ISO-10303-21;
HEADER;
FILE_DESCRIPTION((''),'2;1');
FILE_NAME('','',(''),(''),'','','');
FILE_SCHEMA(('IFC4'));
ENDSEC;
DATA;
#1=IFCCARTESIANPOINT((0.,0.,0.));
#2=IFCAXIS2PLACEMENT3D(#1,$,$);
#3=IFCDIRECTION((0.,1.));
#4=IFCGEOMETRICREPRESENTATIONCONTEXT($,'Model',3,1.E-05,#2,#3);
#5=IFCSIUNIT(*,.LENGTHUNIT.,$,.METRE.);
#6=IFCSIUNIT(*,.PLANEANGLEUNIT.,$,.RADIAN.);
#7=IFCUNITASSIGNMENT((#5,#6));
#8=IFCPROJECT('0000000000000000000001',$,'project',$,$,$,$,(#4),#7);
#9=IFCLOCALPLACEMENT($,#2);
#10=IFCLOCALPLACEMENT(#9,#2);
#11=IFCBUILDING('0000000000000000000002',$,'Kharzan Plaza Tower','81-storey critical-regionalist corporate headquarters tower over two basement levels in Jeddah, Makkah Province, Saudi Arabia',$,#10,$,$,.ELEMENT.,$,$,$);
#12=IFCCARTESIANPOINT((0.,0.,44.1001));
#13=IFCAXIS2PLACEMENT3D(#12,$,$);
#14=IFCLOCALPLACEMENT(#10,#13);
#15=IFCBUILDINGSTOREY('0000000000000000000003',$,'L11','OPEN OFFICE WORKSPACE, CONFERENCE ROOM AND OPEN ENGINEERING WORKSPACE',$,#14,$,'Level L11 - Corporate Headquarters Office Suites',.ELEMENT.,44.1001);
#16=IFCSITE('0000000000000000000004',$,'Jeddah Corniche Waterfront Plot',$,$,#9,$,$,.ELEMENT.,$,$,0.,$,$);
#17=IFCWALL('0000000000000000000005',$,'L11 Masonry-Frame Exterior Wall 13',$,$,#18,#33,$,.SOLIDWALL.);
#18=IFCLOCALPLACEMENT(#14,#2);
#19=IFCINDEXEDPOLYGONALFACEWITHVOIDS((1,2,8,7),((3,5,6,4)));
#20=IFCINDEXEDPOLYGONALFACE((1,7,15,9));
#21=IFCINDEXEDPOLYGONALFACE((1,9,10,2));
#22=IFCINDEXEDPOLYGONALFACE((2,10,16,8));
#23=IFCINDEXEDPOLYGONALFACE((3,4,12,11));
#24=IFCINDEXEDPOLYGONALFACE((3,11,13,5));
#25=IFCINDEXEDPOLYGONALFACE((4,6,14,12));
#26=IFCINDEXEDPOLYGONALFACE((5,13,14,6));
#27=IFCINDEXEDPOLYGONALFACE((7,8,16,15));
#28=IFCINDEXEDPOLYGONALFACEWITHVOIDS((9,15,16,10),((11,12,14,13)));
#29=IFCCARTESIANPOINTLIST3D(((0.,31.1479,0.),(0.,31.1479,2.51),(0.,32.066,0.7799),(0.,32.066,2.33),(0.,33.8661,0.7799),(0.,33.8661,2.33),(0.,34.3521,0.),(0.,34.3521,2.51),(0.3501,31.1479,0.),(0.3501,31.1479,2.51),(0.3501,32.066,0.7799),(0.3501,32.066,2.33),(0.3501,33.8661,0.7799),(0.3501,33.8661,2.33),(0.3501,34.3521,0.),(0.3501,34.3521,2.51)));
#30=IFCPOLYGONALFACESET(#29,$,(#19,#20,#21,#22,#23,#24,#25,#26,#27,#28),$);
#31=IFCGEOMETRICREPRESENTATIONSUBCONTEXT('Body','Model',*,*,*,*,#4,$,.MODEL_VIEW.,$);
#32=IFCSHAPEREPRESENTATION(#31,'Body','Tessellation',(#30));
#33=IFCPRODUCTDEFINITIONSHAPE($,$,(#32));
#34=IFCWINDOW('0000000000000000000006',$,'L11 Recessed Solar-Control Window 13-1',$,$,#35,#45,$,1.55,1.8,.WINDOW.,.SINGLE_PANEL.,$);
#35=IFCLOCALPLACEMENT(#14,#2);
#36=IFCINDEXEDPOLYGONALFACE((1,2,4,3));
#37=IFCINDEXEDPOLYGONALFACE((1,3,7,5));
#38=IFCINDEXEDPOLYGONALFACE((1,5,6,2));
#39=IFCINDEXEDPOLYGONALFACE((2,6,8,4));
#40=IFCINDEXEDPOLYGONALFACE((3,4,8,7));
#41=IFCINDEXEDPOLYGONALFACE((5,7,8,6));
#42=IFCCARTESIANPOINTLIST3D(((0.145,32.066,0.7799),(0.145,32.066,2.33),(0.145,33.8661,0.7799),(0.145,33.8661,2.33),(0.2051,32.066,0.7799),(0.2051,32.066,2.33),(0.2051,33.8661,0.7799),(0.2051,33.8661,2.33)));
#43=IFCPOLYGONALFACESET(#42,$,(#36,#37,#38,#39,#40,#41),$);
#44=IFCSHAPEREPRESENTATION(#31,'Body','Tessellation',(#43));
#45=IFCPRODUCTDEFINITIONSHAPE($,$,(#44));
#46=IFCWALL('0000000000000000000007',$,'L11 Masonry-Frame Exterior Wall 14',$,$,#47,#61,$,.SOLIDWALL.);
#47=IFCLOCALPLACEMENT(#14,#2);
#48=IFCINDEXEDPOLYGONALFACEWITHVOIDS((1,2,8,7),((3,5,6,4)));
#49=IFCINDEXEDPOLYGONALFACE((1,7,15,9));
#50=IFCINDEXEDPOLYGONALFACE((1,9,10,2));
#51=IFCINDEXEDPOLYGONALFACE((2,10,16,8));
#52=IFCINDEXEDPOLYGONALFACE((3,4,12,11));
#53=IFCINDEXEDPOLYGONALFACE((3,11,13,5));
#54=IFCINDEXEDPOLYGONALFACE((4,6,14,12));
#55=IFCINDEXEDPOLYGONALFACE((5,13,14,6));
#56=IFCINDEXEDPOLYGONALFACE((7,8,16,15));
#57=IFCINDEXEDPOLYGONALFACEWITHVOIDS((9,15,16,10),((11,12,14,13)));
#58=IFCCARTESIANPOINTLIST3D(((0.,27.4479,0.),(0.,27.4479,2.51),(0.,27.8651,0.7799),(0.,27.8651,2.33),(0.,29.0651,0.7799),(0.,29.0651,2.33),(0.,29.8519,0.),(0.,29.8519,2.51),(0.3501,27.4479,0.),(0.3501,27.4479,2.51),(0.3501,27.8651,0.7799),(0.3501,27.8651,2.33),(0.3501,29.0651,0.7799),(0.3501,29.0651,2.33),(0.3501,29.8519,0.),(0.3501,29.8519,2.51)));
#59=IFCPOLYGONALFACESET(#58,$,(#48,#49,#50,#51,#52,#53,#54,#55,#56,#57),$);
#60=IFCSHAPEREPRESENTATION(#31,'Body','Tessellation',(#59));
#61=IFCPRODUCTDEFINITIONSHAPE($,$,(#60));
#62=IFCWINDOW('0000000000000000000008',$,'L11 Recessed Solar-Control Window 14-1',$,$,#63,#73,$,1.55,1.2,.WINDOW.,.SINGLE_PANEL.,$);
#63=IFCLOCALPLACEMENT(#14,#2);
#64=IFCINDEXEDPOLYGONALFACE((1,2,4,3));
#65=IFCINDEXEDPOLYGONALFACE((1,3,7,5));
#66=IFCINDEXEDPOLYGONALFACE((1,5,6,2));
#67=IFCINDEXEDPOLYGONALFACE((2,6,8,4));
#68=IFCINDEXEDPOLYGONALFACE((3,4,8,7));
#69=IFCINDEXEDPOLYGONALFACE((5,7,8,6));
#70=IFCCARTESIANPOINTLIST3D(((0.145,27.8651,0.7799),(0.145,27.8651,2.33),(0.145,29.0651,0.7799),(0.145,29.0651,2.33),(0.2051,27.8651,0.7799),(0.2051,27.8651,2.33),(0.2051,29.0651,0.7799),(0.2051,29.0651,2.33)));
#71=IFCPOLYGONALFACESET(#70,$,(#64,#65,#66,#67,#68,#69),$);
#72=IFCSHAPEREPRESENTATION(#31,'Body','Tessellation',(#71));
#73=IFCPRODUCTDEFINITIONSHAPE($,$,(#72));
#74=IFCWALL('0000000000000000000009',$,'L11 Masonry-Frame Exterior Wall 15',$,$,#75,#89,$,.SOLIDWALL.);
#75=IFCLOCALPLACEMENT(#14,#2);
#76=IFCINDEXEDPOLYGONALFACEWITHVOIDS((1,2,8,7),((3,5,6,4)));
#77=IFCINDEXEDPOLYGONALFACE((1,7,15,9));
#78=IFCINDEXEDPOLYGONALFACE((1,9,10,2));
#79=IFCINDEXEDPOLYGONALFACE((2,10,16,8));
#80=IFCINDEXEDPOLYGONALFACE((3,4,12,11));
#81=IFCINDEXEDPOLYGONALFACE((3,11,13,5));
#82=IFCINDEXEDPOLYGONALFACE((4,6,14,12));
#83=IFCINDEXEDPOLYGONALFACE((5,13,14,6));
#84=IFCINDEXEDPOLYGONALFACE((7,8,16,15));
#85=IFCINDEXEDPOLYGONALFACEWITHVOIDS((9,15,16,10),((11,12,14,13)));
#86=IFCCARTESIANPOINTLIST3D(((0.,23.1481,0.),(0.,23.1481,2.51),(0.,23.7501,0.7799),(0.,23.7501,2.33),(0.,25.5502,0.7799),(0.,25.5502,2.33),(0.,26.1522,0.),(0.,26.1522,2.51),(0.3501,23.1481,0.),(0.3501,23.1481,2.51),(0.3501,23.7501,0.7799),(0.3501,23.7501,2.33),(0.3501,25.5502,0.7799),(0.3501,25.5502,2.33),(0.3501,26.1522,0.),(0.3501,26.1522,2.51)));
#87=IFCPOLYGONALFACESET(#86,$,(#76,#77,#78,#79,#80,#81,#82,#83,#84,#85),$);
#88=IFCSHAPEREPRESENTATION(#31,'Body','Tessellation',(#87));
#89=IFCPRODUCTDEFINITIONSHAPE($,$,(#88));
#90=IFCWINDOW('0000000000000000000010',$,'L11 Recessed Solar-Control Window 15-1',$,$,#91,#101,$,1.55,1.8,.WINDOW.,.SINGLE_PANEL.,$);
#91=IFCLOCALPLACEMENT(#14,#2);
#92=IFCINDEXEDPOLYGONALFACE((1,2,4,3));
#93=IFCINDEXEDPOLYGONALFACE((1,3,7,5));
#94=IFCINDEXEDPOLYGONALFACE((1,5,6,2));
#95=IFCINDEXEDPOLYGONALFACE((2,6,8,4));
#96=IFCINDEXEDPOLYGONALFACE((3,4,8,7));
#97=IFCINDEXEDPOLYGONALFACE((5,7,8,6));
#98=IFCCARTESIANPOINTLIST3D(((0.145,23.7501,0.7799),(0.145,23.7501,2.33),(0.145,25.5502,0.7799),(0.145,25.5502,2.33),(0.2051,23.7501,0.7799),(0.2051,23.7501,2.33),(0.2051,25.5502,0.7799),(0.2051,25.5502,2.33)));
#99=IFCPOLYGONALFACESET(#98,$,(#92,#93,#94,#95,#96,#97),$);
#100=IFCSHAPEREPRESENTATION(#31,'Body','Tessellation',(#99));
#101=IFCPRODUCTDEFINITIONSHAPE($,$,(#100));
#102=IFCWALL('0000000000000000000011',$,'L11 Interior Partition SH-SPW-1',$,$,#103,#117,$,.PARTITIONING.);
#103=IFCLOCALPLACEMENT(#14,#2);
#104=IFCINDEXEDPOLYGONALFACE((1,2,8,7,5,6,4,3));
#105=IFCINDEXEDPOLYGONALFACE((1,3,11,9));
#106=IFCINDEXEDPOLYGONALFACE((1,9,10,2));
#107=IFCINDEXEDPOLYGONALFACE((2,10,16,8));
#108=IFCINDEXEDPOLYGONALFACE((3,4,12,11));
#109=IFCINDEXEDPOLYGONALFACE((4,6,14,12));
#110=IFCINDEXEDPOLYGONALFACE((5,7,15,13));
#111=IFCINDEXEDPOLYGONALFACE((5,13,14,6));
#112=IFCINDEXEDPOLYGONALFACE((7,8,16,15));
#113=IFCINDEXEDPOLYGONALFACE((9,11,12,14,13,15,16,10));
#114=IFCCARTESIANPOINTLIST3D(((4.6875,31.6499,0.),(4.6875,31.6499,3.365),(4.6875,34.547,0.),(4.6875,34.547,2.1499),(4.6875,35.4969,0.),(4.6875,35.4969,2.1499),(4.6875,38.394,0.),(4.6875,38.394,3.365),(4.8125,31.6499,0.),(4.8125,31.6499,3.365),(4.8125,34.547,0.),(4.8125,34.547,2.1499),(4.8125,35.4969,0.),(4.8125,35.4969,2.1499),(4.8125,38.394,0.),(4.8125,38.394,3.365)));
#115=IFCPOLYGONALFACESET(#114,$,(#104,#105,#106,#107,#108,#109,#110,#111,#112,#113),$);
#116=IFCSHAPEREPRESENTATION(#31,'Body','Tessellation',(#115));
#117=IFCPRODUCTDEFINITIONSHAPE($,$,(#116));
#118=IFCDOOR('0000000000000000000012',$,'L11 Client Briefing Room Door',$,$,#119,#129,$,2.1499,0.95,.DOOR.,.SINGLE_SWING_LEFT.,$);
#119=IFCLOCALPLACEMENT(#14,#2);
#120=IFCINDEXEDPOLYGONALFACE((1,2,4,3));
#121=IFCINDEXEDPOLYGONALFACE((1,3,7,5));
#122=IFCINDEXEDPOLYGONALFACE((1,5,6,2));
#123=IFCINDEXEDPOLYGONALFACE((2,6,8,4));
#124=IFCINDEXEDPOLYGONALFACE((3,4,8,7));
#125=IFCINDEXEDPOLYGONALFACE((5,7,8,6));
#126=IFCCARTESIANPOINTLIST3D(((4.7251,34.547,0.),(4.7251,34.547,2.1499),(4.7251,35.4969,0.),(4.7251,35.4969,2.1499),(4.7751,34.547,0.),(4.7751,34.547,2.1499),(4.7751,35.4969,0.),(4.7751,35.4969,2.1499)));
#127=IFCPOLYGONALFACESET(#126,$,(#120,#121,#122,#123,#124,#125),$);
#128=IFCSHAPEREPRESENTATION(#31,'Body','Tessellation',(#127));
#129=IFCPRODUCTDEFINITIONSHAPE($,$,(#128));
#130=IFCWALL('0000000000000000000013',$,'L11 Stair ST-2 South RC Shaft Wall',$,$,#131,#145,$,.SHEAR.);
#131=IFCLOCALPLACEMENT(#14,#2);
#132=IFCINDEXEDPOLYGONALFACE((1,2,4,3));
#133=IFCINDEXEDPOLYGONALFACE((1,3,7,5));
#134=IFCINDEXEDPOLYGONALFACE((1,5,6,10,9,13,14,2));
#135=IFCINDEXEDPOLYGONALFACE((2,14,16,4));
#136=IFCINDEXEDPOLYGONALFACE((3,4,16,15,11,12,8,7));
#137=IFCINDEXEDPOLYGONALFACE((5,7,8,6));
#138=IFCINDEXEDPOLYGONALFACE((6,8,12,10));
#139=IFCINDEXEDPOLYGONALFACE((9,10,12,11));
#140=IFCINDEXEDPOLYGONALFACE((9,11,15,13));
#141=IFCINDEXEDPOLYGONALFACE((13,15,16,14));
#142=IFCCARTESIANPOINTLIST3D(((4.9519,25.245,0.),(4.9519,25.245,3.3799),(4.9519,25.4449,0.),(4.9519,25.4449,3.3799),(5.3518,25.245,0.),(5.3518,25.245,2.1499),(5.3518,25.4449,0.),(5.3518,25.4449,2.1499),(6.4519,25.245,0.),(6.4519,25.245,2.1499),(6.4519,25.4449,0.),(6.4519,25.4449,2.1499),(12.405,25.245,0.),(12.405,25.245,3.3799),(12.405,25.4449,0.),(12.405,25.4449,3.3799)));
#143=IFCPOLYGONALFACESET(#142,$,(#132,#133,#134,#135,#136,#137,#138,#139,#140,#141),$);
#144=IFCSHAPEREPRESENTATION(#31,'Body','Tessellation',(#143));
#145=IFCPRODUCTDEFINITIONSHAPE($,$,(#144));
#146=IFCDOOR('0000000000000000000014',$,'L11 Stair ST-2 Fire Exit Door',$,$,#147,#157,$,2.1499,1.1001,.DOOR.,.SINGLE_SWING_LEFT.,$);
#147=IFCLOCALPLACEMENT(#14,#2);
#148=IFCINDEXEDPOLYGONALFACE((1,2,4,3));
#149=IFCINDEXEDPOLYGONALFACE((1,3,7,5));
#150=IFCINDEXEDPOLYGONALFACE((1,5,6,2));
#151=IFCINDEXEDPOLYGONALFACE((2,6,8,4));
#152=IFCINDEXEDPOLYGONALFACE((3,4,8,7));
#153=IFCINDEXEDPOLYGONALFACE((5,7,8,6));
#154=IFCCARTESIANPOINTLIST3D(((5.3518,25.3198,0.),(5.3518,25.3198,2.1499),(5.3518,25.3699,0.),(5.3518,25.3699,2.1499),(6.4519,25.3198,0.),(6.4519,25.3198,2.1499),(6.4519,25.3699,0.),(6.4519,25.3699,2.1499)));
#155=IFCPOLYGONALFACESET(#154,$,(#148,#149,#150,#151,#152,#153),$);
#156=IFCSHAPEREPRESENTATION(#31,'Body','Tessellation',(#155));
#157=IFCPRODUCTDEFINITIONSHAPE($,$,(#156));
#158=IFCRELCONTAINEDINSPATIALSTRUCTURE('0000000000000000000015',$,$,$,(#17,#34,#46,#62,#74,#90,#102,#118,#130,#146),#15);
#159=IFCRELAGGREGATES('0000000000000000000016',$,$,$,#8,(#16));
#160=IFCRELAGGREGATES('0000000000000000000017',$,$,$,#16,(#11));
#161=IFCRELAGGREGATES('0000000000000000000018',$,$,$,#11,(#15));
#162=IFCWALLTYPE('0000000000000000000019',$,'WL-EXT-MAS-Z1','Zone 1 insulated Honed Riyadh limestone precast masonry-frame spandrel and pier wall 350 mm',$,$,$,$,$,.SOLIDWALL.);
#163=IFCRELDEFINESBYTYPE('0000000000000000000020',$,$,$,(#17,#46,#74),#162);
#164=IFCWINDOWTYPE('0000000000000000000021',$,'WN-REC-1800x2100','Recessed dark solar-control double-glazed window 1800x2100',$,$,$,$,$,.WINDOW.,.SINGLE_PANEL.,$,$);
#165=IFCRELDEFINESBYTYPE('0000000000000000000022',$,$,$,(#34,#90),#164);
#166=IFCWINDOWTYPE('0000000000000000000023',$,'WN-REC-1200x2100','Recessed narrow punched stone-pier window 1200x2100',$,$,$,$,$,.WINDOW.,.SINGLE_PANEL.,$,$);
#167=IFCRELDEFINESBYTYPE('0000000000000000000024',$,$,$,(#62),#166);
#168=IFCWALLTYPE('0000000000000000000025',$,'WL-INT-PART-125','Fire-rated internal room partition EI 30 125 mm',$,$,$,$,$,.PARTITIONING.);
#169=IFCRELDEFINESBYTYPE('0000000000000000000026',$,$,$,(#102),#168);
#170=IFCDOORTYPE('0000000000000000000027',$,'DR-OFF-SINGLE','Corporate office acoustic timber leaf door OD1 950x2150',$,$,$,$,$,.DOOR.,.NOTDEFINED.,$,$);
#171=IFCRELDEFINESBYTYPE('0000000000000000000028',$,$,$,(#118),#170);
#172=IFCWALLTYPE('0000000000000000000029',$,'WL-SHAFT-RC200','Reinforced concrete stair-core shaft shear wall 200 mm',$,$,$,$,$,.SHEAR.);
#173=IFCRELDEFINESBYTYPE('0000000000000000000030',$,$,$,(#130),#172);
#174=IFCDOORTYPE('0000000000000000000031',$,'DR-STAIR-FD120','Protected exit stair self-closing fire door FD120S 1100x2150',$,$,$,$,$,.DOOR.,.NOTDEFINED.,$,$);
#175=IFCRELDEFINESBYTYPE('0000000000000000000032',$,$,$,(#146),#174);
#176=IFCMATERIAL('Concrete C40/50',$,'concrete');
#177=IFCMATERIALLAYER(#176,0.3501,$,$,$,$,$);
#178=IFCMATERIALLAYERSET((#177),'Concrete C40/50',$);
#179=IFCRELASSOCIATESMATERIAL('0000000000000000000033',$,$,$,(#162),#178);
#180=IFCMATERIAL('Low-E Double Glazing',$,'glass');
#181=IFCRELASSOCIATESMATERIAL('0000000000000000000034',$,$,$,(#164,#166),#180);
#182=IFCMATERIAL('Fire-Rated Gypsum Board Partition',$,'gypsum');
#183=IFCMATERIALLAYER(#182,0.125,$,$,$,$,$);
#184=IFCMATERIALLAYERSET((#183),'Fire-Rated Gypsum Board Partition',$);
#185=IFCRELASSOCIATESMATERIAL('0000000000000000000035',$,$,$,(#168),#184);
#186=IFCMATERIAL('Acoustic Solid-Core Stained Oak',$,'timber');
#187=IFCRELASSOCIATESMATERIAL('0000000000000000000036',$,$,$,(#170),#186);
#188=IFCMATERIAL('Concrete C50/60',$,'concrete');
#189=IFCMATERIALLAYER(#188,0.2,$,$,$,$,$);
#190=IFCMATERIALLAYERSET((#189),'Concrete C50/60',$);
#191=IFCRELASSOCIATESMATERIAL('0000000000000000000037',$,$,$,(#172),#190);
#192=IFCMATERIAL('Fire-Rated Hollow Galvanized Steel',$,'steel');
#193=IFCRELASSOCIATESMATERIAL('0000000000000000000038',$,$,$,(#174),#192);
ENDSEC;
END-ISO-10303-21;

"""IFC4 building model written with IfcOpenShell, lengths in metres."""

from ifc_helpers import new_model, si_unit, direction, frame, frame_2d, origin, place, context, subcontext, project, spatial, rectangle, extrude, source, transform, mapped, material, layer, layer_set, type_object, element, fill, save


model = new_model("IFC4")

# Units and contexts
model_context = context("Model", 3, precision=1e-05, world=origin(), true_north=direction((0.0, 1.0)))
body_context = subcontext(model_context, "Body", "Model", "MODEL_VIEW")
ifc_project = project(units=[si_unit("LENGTHUNIT", "METRE"), si_unit("PLANEANGLEUNIT", "RADIAN")], contexts=[model_context])

# Site, building, storey
site_placement = place(None, origin())
site = spatial("IfcSite", under=ifc_project, at=site_placement, Name="Jeddah Corniche Waterfront Plot", CompositionType="ELEMENT", RefElevation=0.0)
building_placement = place(site_placement, origin())
building = spatial("IfcBuilding", under=site, at=building_placement, Name="Kharzan Plaza Tower", Description="81-storey critical-regionalist corporate headquarters tower over two basement levels in Jeddah, Makkah Province, Saudi Arabia", CompositionType="ELEMENT")
storey_placement = place(building_placement, frame((0.0, 0.0, 44.1001)))
storey = spatial("IfcBuildingStorey", under=building, at=storey_placement, Name="L11", Description="OPEN OFFICE WORKSPACE, CONFERENCE ROOM AND OPEN ENGINEERING WORKSPACE", LongName="Level L11 - Corporate Headquarters Office Suites", CompositionType="ELEMENT", Elevation=44.1001)

# Shared definitions
ifc_material_1 = material(Name="Concrete C50/60", Category="concrete")

# Walls, openings, windows
ifc_material_2 = material(Name="Concrete C40/50", Category="concrete")
ifc_layer_1 = layer(ifc_material_2, 0.3501)
ifc_layer_set_1 = layer_set([ifc_layer_1], Name="Concrete C40/50")
wall_type_1 = type_object("IfcWallType", Name="WL-EXT-MAS-Z1", Description="Zone 1 insulated Honed Riyadh limestone precast masonry-frame spandrel and pier wall 350 mm", PredefinedType="SOLIDWALL", material=ifc_layer_set_1)
wall_1_placement = place(storey_placement, frame((0.175, 34.3521, 0.0), z_axis=(0.0, 0.0, 1.0), x_axis=(0.0, -1.0, 0.0)))
wall_1 = element("IfcWall", 1, at=wall_1_placement, inside=storey, type_object=wall_type_1, Name="L11 Masonry-Frame Exterior Wall 13", PredefinedType="SOLIDWALL", context=body_context, shape_type="SweptSolid", body=[
    extrude(rectangle(XDim=3.2041, YDim=0.3501, at=frame_2d((1.6021, 0.0))), origin(), (0.0, 0.0, 1.0), 2.51),
])
opening_1_placement = place(wall_1_placement, frame((0.4861, 0.0, 0.78)))
opening_1 = element("IfcOpeningElement", 2, at=opening_1_placement, cuts=wall_1, PredefinedType="OPENING", context=body_context, shape_type="SweptSolid", body=[
    extrude(rectangle(XDim=1.8, YDim=1.55, at=frame_2d((0.8999, 0.7749))), frame((0.0, 0.1851, 0.0), z_axis=(0.0, -1.0, 0.0), x_axis=(1.0, 0.0, 0.0)), (0.0, 0.0, 1.0), 0.3701),
])
ifc_material_3 = material(Name="Low-E Double Glazing", Category="glass")
window_type_1 = type_object("IfcWindowType", Name="WN-REC-1800x2100", Description="Recessed dark solar-control double-glazed window 1800x2100", PartitioningType="SINGLE_PANEL", PredefinedType="WINDOW", material=ifc_material_3)
shared_shape_1 = source(origin(), body_context, "Body", "SweptSolid", [
    extrude(rectangle(XDim=1.8, YDim=1.55, at=frame_2d((0.8999, 0.7749))), frame((0.0, 0.03, 0.0), z_axis=(0.0, -1.0, 0.0), x_axis=(1.0, 0.0, 0.0)), (0.0, 0.0, 1.0), 0.0601),
])
window_1_placement = place(opening_1_placement, origin())
window_1 = element("IfcWindow", 3, at=window_1_placement, inside=storey, type_object=window_type_1, Name="L11 Recessed Solar-Control Window 13-1", OverallHeight=1.55, OverallWidth=1.8, PartitioningType="SINGLE_PANEL", PredefinedType="WINDOW", context=body_context, shape_type="MappedRepresentation", body=[
    mapped(shared_shape_1, transform((0.0, 0.0, 0.0), x_axis=(1.0, 0.0, 0.0), y_axis=(0.0, 1.0, 0.0), z_axis=(0.0, 0.0, 1.0))),
])
fill(opening_1, window_1)
wall_2_placement = place(storey_placement, frame((0.175, 29.8521, 0.0), z_axis=(0.0, 0.0, 1.0), x_axis=(0.0, -1.0, 0.0)))
wall_2 = element("IfcWall", 4, at=wall_2_placement, inside=storey, type_object=wall_type_1, Name="L11 Masonry-Frame Exterior Wall 14", PredefinedType="SOLIDWALL", context=body_context, shape_type="SweptSolid", body=[
    extrude(rectangle(XDim=2.4041, YDim=0.3501, at=frame_2d((1.2021, 0.0))), origin(), (0.0, 0.0, 1.0), 2.51),
])
opening_2_placement = place(wall_2_placement, frame((0.7869, 0.0, 0.78)))
opening_2 = element("IfcOpeningElement", 5, at=opening_2_placement, cuts=wall_2, PredefinedType="OPENING", context=body_context, shape_type="SweptSolid", body=[
    extrude(rectangle(XDim=1.2, YDim=1.55, at=frame_2d((0.6001, 0.7749))), frame((0.0, 0.1851, 0.0), z_axis=(0.0, -1.0, 0.0), x_axis=(1.0, 0.0, 0.0)), (0.0, 0.0, 1.0), 0.3701),
])
window_type_2 = type_object("IfcWindowType", Name="WN-REC-1200x2100", Description="Recessed narrow punched stone-pier window 1200x2100", PartitioningType="SINGLE_PANEL", PredefinedType="WINDOW", material=ifc_material_3)
shared_shape_2 = source(origin(), body_context, "Body", "SweptSolid", [
    extrude(rectangle(XDim=1.2, YDim=1.55, at=frame_2d((0.6001, 0.7749))), frame((0.0, 0.03, 0.0), z_axis=(0.0, -1.0, 0.0), x_axis=(1.0, 0.0, 0.0)), (0.0, 0.0, 1.0), 0.0601),
])
window_2_placement = place(opening_2_placement, origin())
window_2 = element("IfcWindow", 6, at=window_2_placement, inside=storey, type_object=window_type_2, Name="L11 Recessed Solar-Control Window 14-1", OverallHeight=1.55, OverallWidth=1.2, PartitioningType="SINGLE_PANEL", PredefinedType="WINDOW", context=body_context, shape_type="MappedRepresentation", body=[
    mapped(shared_shape_2, transform((0.0, 0.0, 0.0), x_axis=(1.0, 0.0, 0.0), y_axis=(0.0, 1.0, 0.0), z_axis=(0.0, 0.0, 1.0))),
])
fill(opening_2, window_2)
wall_3_placement = place(storey_placement, frame((0.175, 26.1521, 0.0), z_axis=(0.0, 0.0, 1.0), x_axis=(0.0, -1.0, 0.0)))
wall_3 = element("IfcWall", 7, at=wall_3_placement, inside=storey, type_object=wall_type_1, Name="L11 Masonry-Frame Exterior Wall 15", PredefinedType="SOLIDWALL", context=body_context, shape_type="SweptSolid", body=[
    extrude(rectangle(XDim=3.0042, YDim=0.3501, at=frame_2d((1.502, 0.0))), origin(), (0.0, 0.0, 1.0), 2.51),
])
opening_3_placement = place(wall_3_placement, frame((0.6021, 0.0, 0.78)))
opening_3 = element("IfcOpeningElement", 8, at=opening_3_placement, cuts=wall_3, PredefinedType="OPENING", context=body_context, shape_type="SweptSolid", body=[
    extrude(rectangle(XDim=1.8, YDim=1.55, at=frame_2d((0.8999, 0.7749))), frame((0.0, 0.1851, 0.0), z_axis=(0.0, -1.0, 0.0), x_axis=(1.0, 0.0, 0.0)), (0.0, 0.0, 1.0), 0.3701),
])
window_3_placement = place(opening_3_placement, origin())
window_3 = element("IfcWindow", 9, at=window_3_placement, inside=storey, type_object=window_type_1, Name="L11 Recessed Solar-Control Window 15-1", OverallHeight=1.55, OverallWidth=1.8, PartitioningType="SINGLE_PANEL", PredefinedType="WINDOW", context=body_context, shape_type="MappedRepresentation", body=[
    mapped(shared_shape_1, transform((0.0, 0.0, 0.0), x_axis=(1.0, 0.0, 0.0), y_axis=(0.0, 1.0, 0.0), z_axis=(0.0, 0.0, 1.0))),
])
fill(opening_3, window_3)

# Walls, openings, doors
ifc_material_4 = material(Name="Fire-Rated Gypsum Board Partition", Category="gypsum")
ifc_layer_2 = layer(ifc_material_4, 0.125)
ifc_layer_set_2 = layer_set([ifc_layer_2], Name="Fire-Rated Gypsum Board Partition")
wall_type_2 = type_object("IfcWallType", Name="WL-INT-PART-125", Description="Fire-rated internal room partition EI 30 125 mm", PredefinedType="PARTITIONING", material=ifc_layer_set_2)
wall_4_placement = place(storey_placement, frame((4.75, 31.6499, 0.0), z_axis=(0.0, 0.0, 1.0), x_axis=(0.0, 1.0, 0.0)))
wall_4 = element("IfcWall", 10, at=wall_4_placement, inside=storey, type_object=wall_type_2, Name="L11 Interior Partition SH-SPW-1", PredefinedType="PARTITIONING", context=body_context, shape_type="SweptSolid", body=[
    extrude(rectangle(XDim=6.7441, YDim=0.125, at=frame_2d((3.3721, 0.0))), origin(), (0.0, 0.0, 1.0), 3.365),
])
opening_4_placement = place(wall_4_placement, frame((2.897, 0.0, 0.0)))
opening_4 = element("IfcOpeningElement", 11, at=opening_4_placement, cuts=wall_4, PredefinedType="OPENING", context=body_context, shape_type="SweptSolid", body=[
    extrude(rectangle(XDim=0.95, YDim=2.1499, at=frame_2d((0.4751, 1.075))), frame((0.0, 0.0725, 0.0), z_axis=(0.0, -1.0, 0.0), x_axis=(1.0, 0.0, 0.0)), (0.0, 0.0, 1.0), 0.145),
])
ifc_material_5 = material(Name="Acoustic Solid-Core Stained Oak", Category="timber")
door_type_1 = type_object("IfcDoorType", Name="DR-OFF-SINGLE", Description="Corporate office acoustic timber leaf door OD1 950x2150", OperationType="NOTDEFINED", PredefinedType="DOOR", material=ifc_material_5)
shared_shape_3 = source(origin(), body_context, "Body", "SweptSolid", [
    extrude(rectangle(XDim=0.95, YDim=2.1499, at=frame_2d((0.4751, 1.075))), frame((0.0, 0.0249, 0.0), z_axis=(0.0, -1.0, 0.0), x_axis=(1.0, 0.0, 0.0)), (0.0, 0.0, 1.0), 0.05),
])
door_1_placement = place(opening_4_placement, origin())
door_1 = element("IfcDoor", 12, at=door_1_placement, inside=storey, type_object=door_type_1, Name="L11 Client Briefing Room Door", OperationType="SINGLE_SWING_LEFT", OverallHeight=2.1499, OverallWidth=0.95, PredefinedType="DOOR", context=body_context, shape_type="MappedRepresentation", body=[
    mapped(shared_shape_3, transform((0.0, 0.0, 0.0), x_axis=(1.0, 0.0, 0.0), y_axis=(0.0, 1.0, 0.0), z_axis=(0.0, 0.0, 1.0))),
])
fill(opening_4, door_1)
ifc_layer_3 = layer(ifc_material_1, 0.2)
ifc_layer_set_3 = layer_set([ifc_layer_3], Name="Concrete C50/60")
wall_type_3 = type_object("IfcWallType", Name="WL-SHAFT-RC200", Description="Reinforced concrete stair-core shaft shear wall 200 mm", PredefinedType="SHEAR", material=ifc_layer_set_3)
wall_5_placement = place(storey_placement, frame((4.9519, 25.345, 0.0), z_axis=(0.0, 0.0, 1.0), x_axis=(1.0, 0.0, 0.0)))
wall_5 = element("IfcWall", 13, at=wall_5_placement, inside=storey, type_object=wall_type_3, Name="L11 Stair ST-2 South RC Shaft Wall", PredefinedType="SHEAR", context=body_context, shape_type="SweptSolid", body=[
    extrude(rectangle(XDim=7.4531, YDim=0.2, at=frame_2d((3.7266, 0.0))), origin(), (0.0, 0.0, 1.0), 3.3799),
])
opening_5_placement = place(wall_5_placement, frame((0.3999, 0.0, 0.0)))
opening_5 = element("IfcOpeningElement", 14, at=opening_5_placement, cuts=wall_5, PredefinedType="OPENING", context=body_context, shape_type="SweptSolid", body=[
    extrude(rectangle(XDim=1.1001, YDim=2.1499, at=frame_2d((0.55, 1.075))), frame((0.0, 0.1099, 0.0), z_axis=(0.0, -1.0, 0.0), x_axis=(1.0, 0.0, 0.0)), (0.0, 0.0, 1.0), 0.22),
])
ifc_material_6 = material(Name="Fire-Rated Hollow Galvanized Steel", Category="steel")
door_type_2 = type_object("IfcDoorType", Name="DR-STAIR-FD120", Description="Protected exit stair self-closing fire door FD120S 1100x2150", OperationType="NOTDEFINED", PredefinedType="DOOR", material=ifc_material_6)
shared_shape_4 = source(origin(), body_context, "Body", "SweptSolid", [
    extrude(rectangle(XDim=1.1001, YDim=2.1499, at=frame_2d((0.55, 1.075))), frame((0.0, 0.0249, 0.0), z_axis=(0.0, -1.0, 0.0), x_axis=(1.0, 0.0, 0.0)), (0.0, 0.0, 1.0), 0.05),
])
door_2_placement = place(opening_5_placement, origin())
door_2 = element("IfcDoor", 15, at=door_2_placement, inside=storey, type_object=door_type_2, Name="L11 Stair ST-2 Fire Exit Door", OperationType="SINGLE_SWING_LEFT", OverallHeight=2.1499, OverallWidth=1.1001, PredefinedType="DOOR", context=body_context, shape_type="MappedRepresentation", body=[
    mapped(shared_shape_4, transform((0.0, 0.0, 0.0), x_axis=(1.0, 0.0, 0.0), y_axis=(0.0, 1.0, 0.0), z_axis=(0.0, 0.0, 1.0))),
])
fill(opening_5, door_2)

save(model, "model.ifc")
